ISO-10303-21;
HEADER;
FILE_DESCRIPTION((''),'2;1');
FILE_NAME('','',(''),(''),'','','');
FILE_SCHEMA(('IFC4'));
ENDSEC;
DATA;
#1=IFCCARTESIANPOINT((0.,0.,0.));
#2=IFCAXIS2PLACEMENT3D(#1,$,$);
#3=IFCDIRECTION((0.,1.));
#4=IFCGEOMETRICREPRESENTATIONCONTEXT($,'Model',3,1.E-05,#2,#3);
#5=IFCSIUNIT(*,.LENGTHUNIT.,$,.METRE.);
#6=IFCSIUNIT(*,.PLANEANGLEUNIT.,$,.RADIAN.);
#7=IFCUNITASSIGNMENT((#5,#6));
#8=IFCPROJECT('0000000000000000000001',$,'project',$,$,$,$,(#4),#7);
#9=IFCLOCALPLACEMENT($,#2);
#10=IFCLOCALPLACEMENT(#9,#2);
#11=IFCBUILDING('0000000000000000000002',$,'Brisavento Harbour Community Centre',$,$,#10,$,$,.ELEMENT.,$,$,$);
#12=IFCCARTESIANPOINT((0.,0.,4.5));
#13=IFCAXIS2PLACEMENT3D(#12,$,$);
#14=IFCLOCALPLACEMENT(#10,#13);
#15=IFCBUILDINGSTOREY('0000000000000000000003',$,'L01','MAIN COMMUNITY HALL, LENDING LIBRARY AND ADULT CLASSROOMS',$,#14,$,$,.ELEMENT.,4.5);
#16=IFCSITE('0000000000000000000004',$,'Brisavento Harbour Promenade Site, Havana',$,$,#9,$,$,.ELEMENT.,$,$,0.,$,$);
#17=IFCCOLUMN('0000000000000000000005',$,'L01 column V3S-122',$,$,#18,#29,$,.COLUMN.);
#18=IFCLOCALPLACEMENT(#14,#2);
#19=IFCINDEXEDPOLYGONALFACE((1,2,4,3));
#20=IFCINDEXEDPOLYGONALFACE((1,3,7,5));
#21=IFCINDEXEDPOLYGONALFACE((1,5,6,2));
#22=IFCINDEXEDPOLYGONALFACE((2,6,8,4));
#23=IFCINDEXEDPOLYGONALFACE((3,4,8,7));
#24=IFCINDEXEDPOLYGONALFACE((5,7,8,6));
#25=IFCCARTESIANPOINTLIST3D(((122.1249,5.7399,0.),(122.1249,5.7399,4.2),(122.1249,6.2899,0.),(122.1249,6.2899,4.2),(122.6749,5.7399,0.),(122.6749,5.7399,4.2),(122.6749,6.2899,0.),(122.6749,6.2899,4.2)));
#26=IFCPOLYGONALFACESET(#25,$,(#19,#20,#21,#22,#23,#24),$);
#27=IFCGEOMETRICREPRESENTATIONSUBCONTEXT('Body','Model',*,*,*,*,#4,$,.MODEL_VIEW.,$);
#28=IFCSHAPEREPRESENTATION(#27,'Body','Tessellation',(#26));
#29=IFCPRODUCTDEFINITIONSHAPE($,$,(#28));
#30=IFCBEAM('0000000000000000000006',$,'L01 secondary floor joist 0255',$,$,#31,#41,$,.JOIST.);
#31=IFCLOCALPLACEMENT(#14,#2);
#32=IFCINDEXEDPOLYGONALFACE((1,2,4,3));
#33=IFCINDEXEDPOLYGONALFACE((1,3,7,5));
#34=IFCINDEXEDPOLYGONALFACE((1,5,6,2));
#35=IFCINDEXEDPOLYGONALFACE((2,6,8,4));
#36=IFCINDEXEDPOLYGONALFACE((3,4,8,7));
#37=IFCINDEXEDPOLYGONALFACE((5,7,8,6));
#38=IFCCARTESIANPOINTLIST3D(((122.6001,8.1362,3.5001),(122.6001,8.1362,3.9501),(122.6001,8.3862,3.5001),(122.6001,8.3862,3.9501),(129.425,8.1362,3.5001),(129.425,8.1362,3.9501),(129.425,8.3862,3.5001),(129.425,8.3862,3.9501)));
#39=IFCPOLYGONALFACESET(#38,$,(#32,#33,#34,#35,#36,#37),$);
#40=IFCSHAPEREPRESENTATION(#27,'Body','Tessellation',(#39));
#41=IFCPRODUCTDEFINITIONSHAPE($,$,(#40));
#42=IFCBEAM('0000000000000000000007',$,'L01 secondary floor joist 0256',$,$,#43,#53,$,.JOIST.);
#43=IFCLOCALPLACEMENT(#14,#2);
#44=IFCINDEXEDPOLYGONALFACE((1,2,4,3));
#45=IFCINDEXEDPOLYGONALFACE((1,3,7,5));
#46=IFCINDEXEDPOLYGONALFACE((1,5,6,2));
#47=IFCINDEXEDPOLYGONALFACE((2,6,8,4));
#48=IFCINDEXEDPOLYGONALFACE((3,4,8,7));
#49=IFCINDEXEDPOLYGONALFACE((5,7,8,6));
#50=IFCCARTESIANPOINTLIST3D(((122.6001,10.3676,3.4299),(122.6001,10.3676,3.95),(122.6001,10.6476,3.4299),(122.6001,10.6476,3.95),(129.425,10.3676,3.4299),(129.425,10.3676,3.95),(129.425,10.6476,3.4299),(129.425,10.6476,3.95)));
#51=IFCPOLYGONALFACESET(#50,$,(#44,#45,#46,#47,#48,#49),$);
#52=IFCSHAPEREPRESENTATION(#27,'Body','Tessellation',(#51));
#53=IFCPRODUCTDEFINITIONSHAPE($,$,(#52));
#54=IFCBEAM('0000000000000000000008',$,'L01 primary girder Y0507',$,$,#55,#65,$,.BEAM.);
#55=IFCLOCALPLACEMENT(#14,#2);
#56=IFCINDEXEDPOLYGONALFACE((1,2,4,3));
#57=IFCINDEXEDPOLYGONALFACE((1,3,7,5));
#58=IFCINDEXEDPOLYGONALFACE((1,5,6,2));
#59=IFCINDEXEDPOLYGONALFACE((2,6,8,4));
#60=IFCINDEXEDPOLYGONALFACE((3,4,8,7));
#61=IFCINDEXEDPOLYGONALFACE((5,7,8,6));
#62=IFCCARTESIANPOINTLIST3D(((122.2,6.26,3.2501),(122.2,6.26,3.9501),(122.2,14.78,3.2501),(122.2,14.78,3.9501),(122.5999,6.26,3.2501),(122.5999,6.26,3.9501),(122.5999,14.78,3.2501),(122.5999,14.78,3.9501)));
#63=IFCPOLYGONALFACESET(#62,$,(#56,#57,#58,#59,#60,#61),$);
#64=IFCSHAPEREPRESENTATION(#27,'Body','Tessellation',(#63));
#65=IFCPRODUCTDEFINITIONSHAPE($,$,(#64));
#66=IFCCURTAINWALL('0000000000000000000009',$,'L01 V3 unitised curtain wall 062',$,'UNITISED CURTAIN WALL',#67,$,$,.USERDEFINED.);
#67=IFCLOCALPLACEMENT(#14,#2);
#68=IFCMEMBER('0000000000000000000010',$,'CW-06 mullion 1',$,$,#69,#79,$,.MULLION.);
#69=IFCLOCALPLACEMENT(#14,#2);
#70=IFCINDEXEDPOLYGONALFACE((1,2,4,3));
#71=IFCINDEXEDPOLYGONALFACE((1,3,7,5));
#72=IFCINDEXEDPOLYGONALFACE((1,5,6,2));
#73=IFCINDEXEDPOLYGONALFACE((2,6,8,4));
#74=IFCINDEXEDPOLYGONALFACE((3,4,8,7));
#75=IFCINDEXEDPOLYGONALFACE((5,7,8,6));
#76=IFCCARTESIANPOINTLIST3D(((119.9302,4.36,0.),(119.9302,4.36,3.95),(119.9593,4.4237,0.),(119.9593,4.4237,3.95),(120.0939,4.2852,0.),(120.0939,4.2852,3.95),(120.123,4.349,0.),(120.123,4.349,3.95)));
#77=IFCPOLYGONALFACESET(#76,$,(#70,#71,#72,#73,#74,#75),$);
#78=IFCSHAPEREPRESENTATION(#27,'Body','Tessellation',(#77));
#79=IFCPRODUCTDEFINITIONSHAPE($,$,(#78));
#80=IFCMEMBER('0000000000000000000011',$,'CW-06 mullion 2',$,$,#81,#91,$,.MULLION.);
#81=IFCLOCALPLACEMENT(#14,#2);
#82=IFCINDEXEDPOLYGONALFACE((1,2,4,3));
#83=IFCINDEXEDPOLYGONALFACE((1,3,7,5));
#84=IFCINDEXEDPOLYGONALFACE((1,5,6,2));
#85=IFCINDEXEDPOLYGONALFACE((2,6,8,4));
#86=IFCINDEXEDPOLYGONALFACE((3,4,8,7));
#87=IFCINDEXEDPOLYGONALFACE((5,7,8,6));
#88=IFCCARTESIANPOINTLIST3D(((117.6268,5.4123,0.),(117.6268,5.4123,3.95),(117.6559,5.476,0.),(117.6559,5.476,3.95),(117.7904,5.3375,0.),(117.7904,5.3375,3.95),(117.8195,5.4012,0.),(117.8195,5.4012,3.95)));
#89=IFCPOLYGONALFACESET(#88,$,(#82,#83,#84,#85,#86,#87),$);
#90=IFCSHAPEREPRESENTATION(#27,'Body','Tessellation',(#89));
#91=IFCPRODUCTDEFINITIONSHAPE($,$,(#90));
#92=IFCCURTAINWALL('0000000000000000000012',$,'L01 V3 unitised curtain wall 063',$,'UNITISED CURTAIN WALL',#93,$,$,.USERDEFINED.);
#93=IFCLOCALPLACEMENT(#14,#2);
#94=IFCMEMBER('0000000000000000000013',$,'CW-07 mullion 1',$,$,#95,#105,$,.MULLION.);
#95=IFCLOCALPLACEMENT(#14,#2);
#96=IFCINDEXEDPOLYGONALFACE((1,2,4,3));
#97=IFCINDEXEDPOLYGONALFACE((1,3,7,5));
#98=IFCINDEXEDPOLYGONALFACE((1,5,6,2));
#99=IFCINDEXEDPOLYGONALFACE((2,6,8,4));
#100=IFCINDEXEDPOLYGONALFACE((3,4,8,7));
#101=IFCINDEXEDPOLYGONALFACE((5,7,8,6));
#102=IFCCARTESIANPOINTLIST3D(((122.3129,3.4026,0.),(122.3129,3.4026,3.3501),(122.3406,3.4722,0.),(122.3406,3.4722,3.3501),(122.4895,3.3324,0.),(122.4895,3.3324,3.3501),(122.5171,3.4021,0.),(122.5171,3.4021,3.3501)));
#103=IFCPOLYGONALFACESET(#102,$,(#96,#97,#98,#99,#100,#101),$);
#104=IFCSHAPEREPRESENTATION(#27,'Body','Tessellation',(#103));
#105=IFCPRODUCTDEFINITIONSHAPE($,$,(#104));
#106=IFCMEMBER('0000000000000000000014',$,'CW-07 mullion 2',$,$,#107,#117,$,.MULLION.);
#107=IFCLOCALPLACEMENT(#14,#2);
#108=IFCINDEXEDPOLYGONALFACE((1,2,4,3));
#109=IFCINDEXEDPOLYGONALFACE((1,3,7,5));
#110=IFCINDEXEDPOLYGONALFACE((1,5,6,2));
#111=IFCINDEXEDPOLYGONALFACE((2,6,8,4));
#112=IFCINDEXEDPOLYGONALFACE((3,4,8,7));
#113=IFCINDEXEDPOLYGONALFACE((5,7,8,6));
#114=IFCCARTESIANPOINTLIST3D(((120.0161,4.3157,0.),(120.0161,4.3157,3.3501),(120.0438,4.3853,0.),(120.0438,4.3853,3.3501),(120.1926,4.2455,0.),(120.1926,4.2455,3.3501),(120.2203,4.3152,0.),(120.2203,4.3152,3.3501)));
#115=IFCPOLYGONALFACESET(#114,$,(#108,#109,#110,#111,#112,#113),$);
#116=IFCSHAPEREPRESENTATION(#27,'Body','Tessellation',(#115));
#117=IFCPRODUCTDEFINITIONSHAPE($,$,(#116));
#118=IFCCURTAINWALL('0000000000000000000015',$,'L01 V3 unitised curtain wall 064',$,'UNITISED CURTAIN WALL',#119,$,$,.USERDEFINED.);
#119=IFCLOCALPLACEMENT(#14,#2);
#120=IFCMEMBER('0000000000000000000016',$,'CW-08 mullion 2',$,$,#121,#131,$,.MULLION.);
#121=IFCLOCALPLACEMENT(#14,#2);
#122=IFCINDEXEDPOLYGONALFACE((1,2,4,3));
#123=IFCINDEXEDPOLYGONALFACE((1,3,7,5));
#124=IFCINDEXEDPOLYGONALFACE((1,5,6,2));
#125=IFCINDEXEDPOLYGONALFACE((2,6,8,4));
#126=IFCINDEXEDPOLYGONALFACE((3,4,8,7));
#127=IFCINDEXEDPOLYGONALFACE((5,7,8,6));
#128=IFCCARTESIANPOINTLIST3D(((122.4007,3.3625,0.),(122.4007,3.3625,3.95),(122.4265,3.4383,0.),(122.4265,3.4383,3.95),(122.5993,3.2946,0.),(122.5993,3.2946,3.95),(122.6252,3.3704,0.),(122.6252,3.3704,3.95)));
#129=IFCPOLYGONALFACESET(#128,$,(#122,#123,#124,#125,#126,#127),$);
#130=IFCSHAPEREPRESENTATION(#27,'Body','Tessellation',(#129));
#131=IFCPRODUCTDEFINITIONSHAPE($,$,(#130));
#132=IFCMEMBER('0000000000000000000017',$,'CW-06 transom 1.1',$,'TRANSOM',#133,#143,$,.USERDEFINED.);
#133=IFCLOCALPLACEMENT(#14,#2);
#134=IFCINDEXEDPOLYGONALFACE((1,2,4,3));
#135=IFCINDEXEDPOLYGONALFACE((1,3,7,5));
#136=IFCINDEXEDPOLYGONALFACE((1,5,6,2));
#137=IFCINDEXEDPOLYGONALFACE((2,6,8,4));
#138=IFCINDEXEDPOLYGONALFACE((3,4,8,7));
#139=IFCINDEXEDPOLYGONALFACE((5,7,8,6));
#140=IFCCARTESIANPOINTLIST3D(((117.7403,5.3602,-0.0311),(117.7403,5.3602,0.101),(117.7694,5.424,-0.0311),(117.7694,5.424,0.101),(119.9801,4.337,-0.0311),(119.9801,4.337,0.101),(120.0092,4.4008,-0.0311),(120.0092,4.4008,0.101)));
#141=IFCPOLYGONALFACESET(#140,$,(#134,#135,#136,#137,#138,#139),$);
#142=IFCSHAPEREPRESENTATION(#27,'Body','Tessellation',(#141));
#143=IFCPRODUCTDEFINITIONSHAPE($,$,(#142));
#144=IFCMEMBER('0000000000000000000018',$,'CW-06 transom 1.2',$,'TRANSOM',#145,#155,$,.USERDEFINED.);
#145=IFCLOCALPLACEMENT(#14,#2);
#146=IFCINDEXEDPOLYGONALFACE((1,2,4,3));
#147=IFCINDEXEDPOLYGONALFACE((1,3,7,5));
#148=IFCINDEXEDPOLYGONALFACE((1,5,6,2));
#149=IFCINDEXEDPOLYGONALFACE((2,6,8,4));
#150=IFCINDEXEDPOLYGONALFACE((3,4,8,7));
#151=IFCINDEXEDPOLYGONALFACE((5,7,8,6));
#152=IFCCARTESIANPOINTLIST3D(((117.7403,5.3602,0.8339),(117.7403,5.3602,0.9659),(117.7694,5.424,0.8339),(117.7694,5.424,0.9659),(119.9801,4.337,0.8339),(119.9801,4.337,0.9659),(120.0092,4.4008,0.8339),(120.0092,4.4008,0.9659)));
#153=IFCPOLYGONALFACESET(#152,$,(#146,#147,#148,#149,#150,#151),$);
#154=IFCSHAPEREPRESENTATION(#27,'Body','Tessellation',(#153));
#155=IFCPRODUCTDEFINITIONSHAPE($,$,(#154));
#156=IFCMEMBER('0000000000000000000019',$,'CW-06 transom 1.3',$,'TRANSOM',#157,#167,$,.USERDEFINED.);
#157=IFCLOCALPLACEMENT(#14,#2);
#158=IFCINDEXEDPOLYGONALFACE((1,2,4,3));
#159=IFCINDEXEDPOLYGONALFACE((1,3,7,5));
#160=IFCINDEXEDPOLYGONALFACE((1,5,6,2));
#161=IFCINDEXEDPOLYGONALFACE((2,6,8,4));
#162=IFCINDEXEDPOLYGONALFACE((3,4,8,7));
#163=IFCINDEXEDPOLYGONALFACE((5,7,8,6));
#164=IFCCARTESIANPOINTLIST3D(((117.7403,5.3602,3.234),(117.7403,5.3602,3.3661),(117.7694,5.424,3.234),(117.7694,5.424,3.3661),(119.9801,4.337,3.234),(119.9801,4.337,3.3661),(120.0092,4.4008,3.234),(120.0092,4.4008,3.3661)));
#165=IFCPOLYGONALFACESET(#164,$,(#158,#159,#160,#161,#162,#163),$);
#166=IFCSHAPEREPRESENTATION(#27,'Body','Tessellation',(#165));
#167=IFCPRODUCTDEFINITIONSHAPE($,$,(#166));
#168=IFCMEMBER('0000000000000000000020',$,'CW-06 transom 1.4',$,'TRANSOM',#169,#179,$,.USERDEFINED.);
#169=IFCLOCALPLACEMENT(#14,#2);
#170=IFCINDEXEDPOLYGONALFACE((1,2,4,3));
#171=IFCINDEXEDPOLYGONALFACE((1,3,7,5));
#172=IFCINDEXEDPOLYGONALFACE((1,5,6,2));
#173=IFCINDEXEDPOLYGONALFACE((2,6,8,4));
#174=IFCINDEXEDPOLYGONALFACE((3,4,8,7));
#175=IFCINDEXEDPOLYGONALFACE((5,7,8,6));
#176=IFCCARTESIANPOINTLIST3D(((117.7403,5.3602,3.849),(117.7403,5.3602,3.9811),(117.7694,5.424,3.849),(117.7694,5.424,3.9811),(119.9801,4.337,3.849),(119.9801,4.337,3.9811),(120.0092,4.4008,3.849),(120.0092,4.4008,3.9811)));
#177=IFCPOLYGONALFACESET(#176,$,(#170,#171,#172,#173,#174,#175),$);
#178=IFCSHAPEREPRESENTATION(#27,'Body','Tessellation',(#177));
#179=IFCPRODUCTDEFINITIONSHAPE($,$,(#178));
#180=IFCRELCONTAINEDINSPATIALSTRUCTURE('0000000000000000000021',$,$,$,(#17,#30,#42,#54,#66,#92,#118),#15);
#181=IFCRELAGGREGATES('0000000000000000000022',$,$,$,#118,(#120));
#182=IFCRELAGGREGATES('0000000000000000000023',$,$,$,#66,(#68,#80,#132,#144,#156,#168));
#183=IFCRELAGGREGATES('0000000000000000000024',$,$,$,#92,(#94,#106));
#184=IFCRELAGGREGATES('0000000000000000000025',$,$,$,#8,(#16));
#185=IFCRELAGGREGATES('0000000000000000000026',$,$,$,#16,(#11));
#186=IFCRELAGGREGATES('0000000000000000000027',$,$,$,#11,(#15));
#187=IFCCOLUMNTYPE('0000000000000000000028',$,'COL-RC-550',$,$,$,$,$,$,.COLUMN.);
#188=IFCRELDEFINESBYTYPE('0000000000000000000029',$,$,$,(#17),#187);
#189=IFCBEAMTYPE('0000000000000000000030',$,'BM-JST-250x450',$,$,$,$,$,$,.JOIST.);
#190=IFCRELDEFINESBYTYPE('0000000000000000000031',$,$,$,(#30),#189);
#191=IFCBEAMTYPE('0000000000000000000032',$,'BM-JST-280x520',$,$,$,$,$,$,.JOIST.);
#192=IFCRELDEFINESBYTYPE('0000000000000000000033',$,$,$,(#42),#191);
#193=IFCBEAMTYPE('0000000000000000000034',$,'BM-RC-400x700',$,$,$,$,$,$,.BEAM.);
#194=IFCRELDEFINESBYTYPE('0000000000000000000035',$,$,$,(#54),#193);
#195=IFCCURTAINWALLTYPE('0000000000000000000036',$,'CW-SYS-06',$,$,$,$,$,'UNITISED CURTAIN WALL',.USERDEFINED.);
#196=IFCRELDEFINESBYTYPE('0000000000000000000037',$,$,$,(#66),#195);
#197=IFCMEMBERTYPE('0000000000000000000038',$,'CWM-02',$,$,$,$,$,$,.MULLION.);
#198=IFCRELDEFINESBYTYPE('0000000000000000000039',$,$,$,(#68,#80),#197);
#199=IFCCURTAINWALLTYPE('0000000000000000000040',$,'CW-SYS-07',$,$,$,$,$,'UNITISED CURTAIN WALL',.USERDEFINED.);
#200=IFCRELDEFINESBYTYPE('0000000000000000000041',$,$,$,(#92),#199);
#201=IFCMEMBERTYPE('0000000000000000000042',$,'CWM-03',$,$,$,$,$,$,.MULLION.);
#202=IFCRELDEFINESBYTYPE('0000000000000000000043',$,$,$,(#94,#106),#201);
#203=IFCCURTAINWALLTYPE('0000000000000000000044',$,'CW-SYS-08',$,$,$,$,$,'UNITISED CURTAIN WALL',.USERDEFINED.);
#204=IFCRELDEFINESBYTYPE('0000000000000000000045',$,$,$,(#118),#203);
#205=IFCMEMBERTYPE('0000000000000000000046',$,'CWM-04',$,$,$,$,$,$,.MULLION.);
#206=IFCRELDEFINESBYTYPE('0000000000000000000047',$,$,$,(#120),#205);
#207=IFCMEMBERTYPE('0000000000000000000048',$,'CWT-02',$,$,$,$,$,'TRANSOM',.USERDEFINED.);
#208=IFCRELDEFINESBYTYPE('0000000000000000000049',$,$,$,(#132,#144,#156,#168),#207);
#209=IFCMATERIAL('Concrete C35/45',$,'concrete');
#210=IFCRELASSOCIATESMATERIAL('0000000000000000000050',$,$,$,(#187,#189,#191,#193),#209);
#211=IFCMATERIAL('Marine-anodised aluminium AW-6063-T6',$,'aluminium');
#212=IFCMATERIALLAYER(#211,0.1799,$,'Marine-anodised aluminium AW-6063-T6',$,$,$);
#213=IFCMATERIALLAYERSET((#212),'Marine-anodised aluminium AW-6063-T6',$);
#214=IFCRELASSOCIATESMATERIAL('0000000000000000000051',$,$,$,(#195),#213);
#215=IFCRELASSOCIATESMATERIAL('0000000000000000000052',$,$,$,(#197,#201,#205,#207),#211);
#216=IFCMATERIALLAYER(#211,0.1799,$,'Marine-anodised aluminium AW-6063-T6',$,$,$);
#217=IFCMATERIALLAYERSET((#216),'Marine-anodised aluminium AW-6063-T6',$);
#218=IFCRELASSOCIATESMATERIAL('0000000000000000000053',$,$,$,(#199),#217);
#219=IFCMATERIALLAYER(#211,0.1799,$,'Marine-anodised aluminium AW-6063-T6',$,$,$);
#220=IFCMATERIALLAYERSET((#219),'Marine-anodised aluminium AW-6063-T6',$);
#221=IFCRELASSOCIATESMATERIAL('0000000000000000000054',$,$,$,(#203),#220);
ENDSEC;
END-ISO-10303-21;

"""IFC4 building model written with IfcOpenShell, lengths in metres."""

from ifc_helpers import new_model, si_unit, direction, frame, origin, origin_2d, place, context, subcontext, project, spatial, rectangle, extrude, material, layer, layer_set, material_profile, profile_set, type_object, element, aggregate, save


model = new_model("IFC4")

# Units and contexts
model_context = context("Model", 3, precision=1e-05, world=origin(), true_north=direction((0.0, 1.0)))
body_context = subcontext(model_context, "Body", "Model", "MODEL_VIEW")
ifc_project = project(units=[si_unit("LENGTHUNIT", "METRE"), si_unit("PLANEANGLEUNIT", "RADIAN")], contexts=[model_context])

# Site, building, storey
site_placement = place(None, origin())
site = spatial("IfcSite", under=ifc_project, at=site_placement, Name="Brisavento Harbour Promenade Site, Havana", CompositionType="ELEMENT", RefElevation=0.0)
building_placement = place(site_placement, origin())
building = spatial("IfcBuilding", under=site, at=building_placement, Name="Brisavento Harbour Community Centre", CompositionType="ELEMENT")
storey_placement = place(building_placement, frame((0.0, 0.0, 4.5)))
storey = spatial("IfcBuildingStorey", under=building, at=storey_placement, Name="L01", Description="MAIN COMMUNITY HALL, LENDING LIBRARY AND ADULT CLASSROOMS", CompositionType="ELEMENT", Elevation=4.5)

# Column
ifc_material_1 = material(Name="Concrete C35/45", Category="concrete")
ifc_material_profile_1 = material_profile(ifc_material_1, rectangle(XDim=0.55, YDim=0.55, at=origin_2d()), Name="Concrete C35/45")
ifc_profile_set_1 = profile_set([ifc_material_profile_1], Name="Concrete C35/45")
column_type = type_object("IfcColumnType", Name="COL-RC-550", PredefinedType="COLUMN", material=ifc_profile_set_1)
column_placement = place(storey_placement, frame((122.3999, 6.0149, 0.0), z_axis=(0.0, 0.0, 1.0), x_axis=(1.0, 0.0, 0.0)))
element("IfcColumn", 1, at=column_placement, inside=storey, type_object=column_type, Name="L01 column V3S-122", PredefinedType="COLUMN", context=body_context, shape_type="SweptSolid", body=[
    extrude(rectangle(XDim=0.55, YDim=0.55, at=origin_2d()), origin(), (0.0, 0.0, 1.0), 4.2),
])

# Beams
ifc_material_profile_2 = material_profile(ifc_material_1, rectangle(XDim=0.25, YDim=0.45, at=origin_2d()), Name="Concrete C35/45")
ifc_profile_set_2 = profile_set([ifc_material_profile_2], Name="Concrete C35/45")
beam_type_1 = type_object("IfcBeamType", Name="BM-JST-250x450", PredefinedType="JOIST", material=ifc_profile_set_2)
beam_1_placement = place(storey_placement, frame((122.6001, 8.2612, 3.7251), z_axis=(1.0, 0.0, 0.0), x_axis=(0.0, 1.0, 0.0)))
element("IfcBeam", 2, at=beam_1_placement, inside=storey, type_object=beam_type_1, Name="L01 secondary floor joist 0255", PredefinedType="JOIST", context=body_context, shape_type="SweptSolid", body=[
    extrude(rectangle(XDim=0.25, YDim=0.45, at=origin_2d()), origin(), (0.0, 0.0, 1.0), 6.825),
])
ifc_material_profile_3 = material_profile(ifc_material_1, rectangle(XDim=0.28, YDim=0.52, at=origin_2d()), Name="Concrete C35/45")
ifc_profile_set_3 = profile_set([ifc_material_profile_3], Name="Concrete C35/45")
beam_type_2 = type_object("IfcBeamType", Name="BM-JST-280x520", PredefinedType="JOIST", material=ifc_profile_set_3)
beam_2_placement = place(storey_placement, frame((122.6001, 10.5076, 3.6899), z_axis=(1.0, 0.0, 0.0), x_axis=(0.0, 1.0, 0.0)))
element("IfcBeam", 3, at=beam_2_placement, inside=storey, type_object=beam_type_2, Name="L01 secondary floor joist 0256", PredefinedType="JOIST", context=body_context, shape_type="SweptSolid", body=[
    extrude(rectangle(XDim=0.28, YDim=0.52, at=origin_2d()), origin(), (0.0, 0.0, 1.0), 6.825),
])
ifc_material_profile_4 = material_profile(ifc_material_1, rectangle(XDim=0.3999, YDim=0.7, at=origin_2d()), Name="Concrete C35/45")
ifc_profile_set_4 = profile_set([ifc_material_profile_4], Name="Concrete C35/45")
beam_type_3 = type_object("IfcBeamType", Name="BM-RC-400x700", PredefinedType="BEAM", material=ifc_profile_set_4)
beam_3_placement = place(storey_placement, frame((122.3999, 6.26, 3.6001), z_axis=(0.0, 1.0, 0.0), x_axis=(-1.0, 0.0, 0.0)))
element("IfcBeam", 4, at=beam_3_placement, inside=storey, type_object=beam_type_3, Name="L01 primary girder Y0507", PredefinedType="BEAM", context=body_context, shape_type="SweptSolid", body=[
    extrude(rectangle(XDim=0.3999, YDim=0.7, at=origin_2d()), origin(), (0.0, 0.0, 1.0), 8.52),
])

# Curtain walls, members
ifc_material_2 = material(Name="Marine-anodised aluminium AW-6063-T6", Category="aluminium")
ifc_layer_1 = layer(ifc_material_2, 0.1799, Name="Marine-anodised aluminium AW-6063-T6")
ifc_layer_set_1 = layer_set([ifc_layer_1], Name="Marine-anodised aluminium AW-6063-T6")
curtain_wall_type_1 = type_object("IfcCurtainWallType", Name="CW-SYS-06", ElementType="UNITISED CURTAIN WALL", PredefinedType="USERDEFINED", material=ifc_layer_set_1)
curtain_wall_1_placement = place(storey_placement, origin())
curtain_wall_1 = element("IfcCurtainWall", 5, at=curtain_wall_1_placement, inside=storey, type_object=curtain_wall_type_1, Name="L01 V3 unitised curtain wall 062", ObjectType="UNITISED CURTAIN WALL", PredefinedType="USERDEFINED")
ifc_material_profile_5 = material_profile(ifc_material_2, rectangle(XDim=0.0701, YDim=0.1799, at=origin_2d()), Name="Marine-anodised aluminium AW-6063-T6")
ifc_profile_set_5 = profile_set([ifc_material_profile_5], Name="Marine-anodised aluminium AW-6063-T6")
member_type_1 = type_object("IfcMemberType", Name="CWM-02", PredefinedType="MULLION", material=ifc_profile_set_5)
member_1_placement = place(storey_placement, frame((120.0266, 4.3545, 0.0), z_axis=(0.0, 0.0, 1.0), x_axis=(-0.41549, -0.909598, 0.0)))
member_1 = element("IfcMember", 6, at=member_1_placement, type_object=member_type_1, Name="CW-06 mullion 1", PredefinedType="MULLION", context=body_context, shape_type="SweptSolid", body=[
    extrude(rectangle(XDim=0.0701, YDim=0.1799, at=origin_2d()), origin(), (0.0, 0.0, 1.0), 3.95),
])
member_2_placement = place(storey_placement, frame((117.7231, 5.4067, 0.0), z_axis=(0.0, 0.0, 1.0), x_axis=(-0.41549, -0.909598, 0.0)))
member_2 = element("IfcMember", 7, at=member_2_placement, type_object=member_type_1, Name="CW-06 mullion 2", PredefinedType="MULLION", context=body_context, shape_type="SweptSolid", body=[
    extrude(rectangle(XDim=0.0701, YDim=0.1799, at=origin_2d()), origin(), (0.0, 0.0, 1.0), 3.95),
])
ifc_layer_2 = layer(ifc_material_2, 0.1799, Name="Marine-anodised aluminium AW-6063-T6")
ifc_layer_set_2 = layer_set([ifc_layer_2], Name="Marine-anodised aluminium AW-6063-T6")
curtain_wall_type_2 = type_object("IfcCurtainWallType", Name="CW-SYS-07", ElementType="UNITISED CURTAIN WALL", PredefinedType="USERDEFINED", material=ifc_layer_set_2)
curtain_wall_2_placement = place(storey_placement, origin())
curtain_wall_2 = element("IfcCurtainWall", 8, at=curtain_wall_2_placement, inside=storey, type_object=curtain_wall_type_2, Name="L01 V3 unitised curtain wall 063", ObjectType="UNITISED CURTAIN WALL", PredefinedType="USERDEFINED")
ifc_material_profile_6 = material_profile(ifc_material_2, rectangle(XDim=0.075, YDim=0.1899, at=origin_2d()), Name="Marine-anodised aluminium AW-6063-T6")
ifc_profile_set_6 = profile_set([ifc_material_profile_6], Name="Marine-anodised aluminium AW-6063-T6")
member_type_2 = type_object("IfcMemberType", Name="CWM-03", PredefinedType="MULLION", material=ifc_profile_set_6)
member_3_placement = place(storey_placement, frame((122.415, 3.4023, 0.0), z_axis=(0.0, 0.0, 1.0), x_axis=(-0.369379, -0.929279, 0.0)))
member_3 = element("IfcMember", 9, at=member_3_placement, type_object=member_type_2, Name="CW-07 mullion 1", PredefinedType="MULLION", context=body_context, shape_type="SweptSolid", body=[
    extrude(rectangle(XDim=0.075, YDim=0.1899, at=origin_2d()), origin(), (0.0, 0.0, 1.0), 3.3501),
])
member_4_placement = place(storey_placement, frame((120.1182, 4.3154, 0.0), z_axis=(0.0, 0.0, 1.0), x_axis=(-0.369379, -0.929279, 0.0)))
member_4 = element("IfcMember", 10, at=member_4_placement, type_object=member_type_2, Name="CW-07 mullion 2", PredefinedType="MULLION", context=body_context, shape_type="SweptSolid", body=[
    extrude(rectangle(XDim=0.075, YDim=0.1899, at=origin_2d()), origin(), (0.0, 0.0, 1.0), 3.3501),
])

# Curtain wall, member
ifc_layer_3 = layer(ifc_material_2, 0.1799, Name="Marine-anodised aluminium AW-6063-T6")
ifc_layer_set_3 = layer_set([ifc_layer_3], Name="Marine-anodised aluminium AW-6063-T6")
curtain_wall_type_3 = type_object("IfcCurtainWallType", Name="CW-SYS-08", ElementType="UNITISED CURTAIN WALL", PredefinedType="USERDEFINED", material=ifc_layer_set_3)
curtain_wall_3_placement = place(storey_placement, origin())
curtain_wall_3 = element("IfcCurtainWall", 11, at=curtain_wall_3_placement, inside=storey, type_object=curtain_wall_type_3, Name="L01 V3 unitised curtain wall 064", ObjectType="UNITISED CURTAIN WALL", PredefinedType="USERDEFINED")
ifc_material_profile_7 = material_profile(ifc_material_2, rectangle(XDim=0.0801, YDim=0.21, at=origin_2d()), Name="Marine-anodised aluminium AW-6063-T6")
ifc_profile_set_7 = profile_set([ifc_material_profile_7], Name="Marine-anodised aluminium AW-6063-T6")
member_type_3 = type_object("IfcMemberType", Name="CWM-04", PredefinedType="MULLION", material=ifc_profile_set_7)
member_5_placement = place(storey_placement, frame((122.5129, 3.3665, 0.0), z_axis=(0.0, 0.0, 1.0), x_axis=(-0.323179, -0.946338, 0.0)))
member_5 = element("IfcMember", 12, at=member_5_placement, type_object=member_type_3, Name="CW-08 mullion 2", PredefinedType="MULLION", context=body_context, shape_type="SweptSolid", body=[
    extrude(rectangle(XDim=0.0801, YDim=0.21, at=origin_2d()), origin(), (0.0, 0.0, 1.0), 3.95),
])
aggregate(curtain_wall_3, [member_5])

# Members
ifc_material_profile_8 = material_profile(ifc_material_2, rectangle(XDim=0.0701, YDim=0.1321, at=origin_2d()), Name="Marine-anodised aluminium AW-6063-T6")
ifc_profile_set_8 = profile_set([ifc_material_profile_8], Name="Marine-anodised aluminium AW-6063-T6")
member_type_4 = type_object("IfcMemberType", Name="CWT-02", ElementType="TRANSOM", PredefinedType="USERDEFINED", material=ifc_profile_set_8)
member_6_placement = place(storey_placement, frame((119.9946, 4.3689, 0.0349), z_axis=(-0.90958, 0.415528, 0.0), x_axis=(-0.415528, -0.90958, 0.0)))
member_6 = element("IfcMember", 13, at=member_6_placement, type_object=member_type_4, Name="CW-06 transom 1.1", ObjectType="TRANSOM", PredefinedType="USERDEFINED", context=body_context, shape_type="SweptSolid", body=[
    extrude(rectangle(XDim=0.0701, YDim=0.1321, at=origin_2d()), origin(), (0.0, 0.0, 1.0), 2.4624),
])
member_7_placement = place(storey_placement, frame((119.9946, 4.3689, 0.8999), z_axis=(-0.90958, 0.415528, 0.0), x_axis=(-0.415528, -0.90958, 0.0)))
member_7 = element("IfcMember", 14, at=member_7_placement, type_object=member_type_4, Name="CW-06 transom 1.2", ObjectType="TRANSOM", PredefinedType="USERDEFINED", context=body_context, shape_type="SweptSolid", body=[
    extrude(rectangle(XDim=0.0701, YDim=0.1321, at=origin_2d()), origin(), (0.0, 0.0, 1.0), 2.4624),
])
member_8_placement = place(storey_placement, frame((119.9946, 4.3689, 3.3), z_axis=(-0.90958, 0.415528, 0.0), x_axis=(-0.415528, -0.90958, 0.0)))
member_8 = element("IfcMember", 15, at=member_8_placement, type_object=member_type_4, Name="CW-06 transom 1.3", ObjectType="TRANSOM", PredefinedType="USERDEFINED", context=body_context, shape_type="SweptSolid", body=[
    extrude(rectangle(XDim=0.0701, YDim=0.1321, at=origin_2d()), origin(), (0.0, 0.0, 1.0), 2.4624),
])
member_9_placement = place(storey_placement, frame((119.9946, 4.3689, 3.915), z_axis=(-0.90958, 0.415528, 0.0), x_axis=(-0.415528, -0.90958, 0.0)))
member_9 = element("IfcMember", 16, at=member_9_placement, type_object=member_type_4, Name="CW-06 transom 1.4", ObjectType="TRANSOM", PredefinedType="USERDEFINED", context=body_context, shape_type="SweptSolid", body=[
    extrude(rectangle(XDim=0.0701, YDim=0.1321, at=origin_2d()), origin(), (0.0, 0.0, 1.0), 2.4624),
])

aggregate(curtain_wall_1, [member_1, member_2, member_6, member_7, member_8, member_9])
aggregate(curtain_wall_2, [member_3, member_4])

save(model, "model.ifc")
